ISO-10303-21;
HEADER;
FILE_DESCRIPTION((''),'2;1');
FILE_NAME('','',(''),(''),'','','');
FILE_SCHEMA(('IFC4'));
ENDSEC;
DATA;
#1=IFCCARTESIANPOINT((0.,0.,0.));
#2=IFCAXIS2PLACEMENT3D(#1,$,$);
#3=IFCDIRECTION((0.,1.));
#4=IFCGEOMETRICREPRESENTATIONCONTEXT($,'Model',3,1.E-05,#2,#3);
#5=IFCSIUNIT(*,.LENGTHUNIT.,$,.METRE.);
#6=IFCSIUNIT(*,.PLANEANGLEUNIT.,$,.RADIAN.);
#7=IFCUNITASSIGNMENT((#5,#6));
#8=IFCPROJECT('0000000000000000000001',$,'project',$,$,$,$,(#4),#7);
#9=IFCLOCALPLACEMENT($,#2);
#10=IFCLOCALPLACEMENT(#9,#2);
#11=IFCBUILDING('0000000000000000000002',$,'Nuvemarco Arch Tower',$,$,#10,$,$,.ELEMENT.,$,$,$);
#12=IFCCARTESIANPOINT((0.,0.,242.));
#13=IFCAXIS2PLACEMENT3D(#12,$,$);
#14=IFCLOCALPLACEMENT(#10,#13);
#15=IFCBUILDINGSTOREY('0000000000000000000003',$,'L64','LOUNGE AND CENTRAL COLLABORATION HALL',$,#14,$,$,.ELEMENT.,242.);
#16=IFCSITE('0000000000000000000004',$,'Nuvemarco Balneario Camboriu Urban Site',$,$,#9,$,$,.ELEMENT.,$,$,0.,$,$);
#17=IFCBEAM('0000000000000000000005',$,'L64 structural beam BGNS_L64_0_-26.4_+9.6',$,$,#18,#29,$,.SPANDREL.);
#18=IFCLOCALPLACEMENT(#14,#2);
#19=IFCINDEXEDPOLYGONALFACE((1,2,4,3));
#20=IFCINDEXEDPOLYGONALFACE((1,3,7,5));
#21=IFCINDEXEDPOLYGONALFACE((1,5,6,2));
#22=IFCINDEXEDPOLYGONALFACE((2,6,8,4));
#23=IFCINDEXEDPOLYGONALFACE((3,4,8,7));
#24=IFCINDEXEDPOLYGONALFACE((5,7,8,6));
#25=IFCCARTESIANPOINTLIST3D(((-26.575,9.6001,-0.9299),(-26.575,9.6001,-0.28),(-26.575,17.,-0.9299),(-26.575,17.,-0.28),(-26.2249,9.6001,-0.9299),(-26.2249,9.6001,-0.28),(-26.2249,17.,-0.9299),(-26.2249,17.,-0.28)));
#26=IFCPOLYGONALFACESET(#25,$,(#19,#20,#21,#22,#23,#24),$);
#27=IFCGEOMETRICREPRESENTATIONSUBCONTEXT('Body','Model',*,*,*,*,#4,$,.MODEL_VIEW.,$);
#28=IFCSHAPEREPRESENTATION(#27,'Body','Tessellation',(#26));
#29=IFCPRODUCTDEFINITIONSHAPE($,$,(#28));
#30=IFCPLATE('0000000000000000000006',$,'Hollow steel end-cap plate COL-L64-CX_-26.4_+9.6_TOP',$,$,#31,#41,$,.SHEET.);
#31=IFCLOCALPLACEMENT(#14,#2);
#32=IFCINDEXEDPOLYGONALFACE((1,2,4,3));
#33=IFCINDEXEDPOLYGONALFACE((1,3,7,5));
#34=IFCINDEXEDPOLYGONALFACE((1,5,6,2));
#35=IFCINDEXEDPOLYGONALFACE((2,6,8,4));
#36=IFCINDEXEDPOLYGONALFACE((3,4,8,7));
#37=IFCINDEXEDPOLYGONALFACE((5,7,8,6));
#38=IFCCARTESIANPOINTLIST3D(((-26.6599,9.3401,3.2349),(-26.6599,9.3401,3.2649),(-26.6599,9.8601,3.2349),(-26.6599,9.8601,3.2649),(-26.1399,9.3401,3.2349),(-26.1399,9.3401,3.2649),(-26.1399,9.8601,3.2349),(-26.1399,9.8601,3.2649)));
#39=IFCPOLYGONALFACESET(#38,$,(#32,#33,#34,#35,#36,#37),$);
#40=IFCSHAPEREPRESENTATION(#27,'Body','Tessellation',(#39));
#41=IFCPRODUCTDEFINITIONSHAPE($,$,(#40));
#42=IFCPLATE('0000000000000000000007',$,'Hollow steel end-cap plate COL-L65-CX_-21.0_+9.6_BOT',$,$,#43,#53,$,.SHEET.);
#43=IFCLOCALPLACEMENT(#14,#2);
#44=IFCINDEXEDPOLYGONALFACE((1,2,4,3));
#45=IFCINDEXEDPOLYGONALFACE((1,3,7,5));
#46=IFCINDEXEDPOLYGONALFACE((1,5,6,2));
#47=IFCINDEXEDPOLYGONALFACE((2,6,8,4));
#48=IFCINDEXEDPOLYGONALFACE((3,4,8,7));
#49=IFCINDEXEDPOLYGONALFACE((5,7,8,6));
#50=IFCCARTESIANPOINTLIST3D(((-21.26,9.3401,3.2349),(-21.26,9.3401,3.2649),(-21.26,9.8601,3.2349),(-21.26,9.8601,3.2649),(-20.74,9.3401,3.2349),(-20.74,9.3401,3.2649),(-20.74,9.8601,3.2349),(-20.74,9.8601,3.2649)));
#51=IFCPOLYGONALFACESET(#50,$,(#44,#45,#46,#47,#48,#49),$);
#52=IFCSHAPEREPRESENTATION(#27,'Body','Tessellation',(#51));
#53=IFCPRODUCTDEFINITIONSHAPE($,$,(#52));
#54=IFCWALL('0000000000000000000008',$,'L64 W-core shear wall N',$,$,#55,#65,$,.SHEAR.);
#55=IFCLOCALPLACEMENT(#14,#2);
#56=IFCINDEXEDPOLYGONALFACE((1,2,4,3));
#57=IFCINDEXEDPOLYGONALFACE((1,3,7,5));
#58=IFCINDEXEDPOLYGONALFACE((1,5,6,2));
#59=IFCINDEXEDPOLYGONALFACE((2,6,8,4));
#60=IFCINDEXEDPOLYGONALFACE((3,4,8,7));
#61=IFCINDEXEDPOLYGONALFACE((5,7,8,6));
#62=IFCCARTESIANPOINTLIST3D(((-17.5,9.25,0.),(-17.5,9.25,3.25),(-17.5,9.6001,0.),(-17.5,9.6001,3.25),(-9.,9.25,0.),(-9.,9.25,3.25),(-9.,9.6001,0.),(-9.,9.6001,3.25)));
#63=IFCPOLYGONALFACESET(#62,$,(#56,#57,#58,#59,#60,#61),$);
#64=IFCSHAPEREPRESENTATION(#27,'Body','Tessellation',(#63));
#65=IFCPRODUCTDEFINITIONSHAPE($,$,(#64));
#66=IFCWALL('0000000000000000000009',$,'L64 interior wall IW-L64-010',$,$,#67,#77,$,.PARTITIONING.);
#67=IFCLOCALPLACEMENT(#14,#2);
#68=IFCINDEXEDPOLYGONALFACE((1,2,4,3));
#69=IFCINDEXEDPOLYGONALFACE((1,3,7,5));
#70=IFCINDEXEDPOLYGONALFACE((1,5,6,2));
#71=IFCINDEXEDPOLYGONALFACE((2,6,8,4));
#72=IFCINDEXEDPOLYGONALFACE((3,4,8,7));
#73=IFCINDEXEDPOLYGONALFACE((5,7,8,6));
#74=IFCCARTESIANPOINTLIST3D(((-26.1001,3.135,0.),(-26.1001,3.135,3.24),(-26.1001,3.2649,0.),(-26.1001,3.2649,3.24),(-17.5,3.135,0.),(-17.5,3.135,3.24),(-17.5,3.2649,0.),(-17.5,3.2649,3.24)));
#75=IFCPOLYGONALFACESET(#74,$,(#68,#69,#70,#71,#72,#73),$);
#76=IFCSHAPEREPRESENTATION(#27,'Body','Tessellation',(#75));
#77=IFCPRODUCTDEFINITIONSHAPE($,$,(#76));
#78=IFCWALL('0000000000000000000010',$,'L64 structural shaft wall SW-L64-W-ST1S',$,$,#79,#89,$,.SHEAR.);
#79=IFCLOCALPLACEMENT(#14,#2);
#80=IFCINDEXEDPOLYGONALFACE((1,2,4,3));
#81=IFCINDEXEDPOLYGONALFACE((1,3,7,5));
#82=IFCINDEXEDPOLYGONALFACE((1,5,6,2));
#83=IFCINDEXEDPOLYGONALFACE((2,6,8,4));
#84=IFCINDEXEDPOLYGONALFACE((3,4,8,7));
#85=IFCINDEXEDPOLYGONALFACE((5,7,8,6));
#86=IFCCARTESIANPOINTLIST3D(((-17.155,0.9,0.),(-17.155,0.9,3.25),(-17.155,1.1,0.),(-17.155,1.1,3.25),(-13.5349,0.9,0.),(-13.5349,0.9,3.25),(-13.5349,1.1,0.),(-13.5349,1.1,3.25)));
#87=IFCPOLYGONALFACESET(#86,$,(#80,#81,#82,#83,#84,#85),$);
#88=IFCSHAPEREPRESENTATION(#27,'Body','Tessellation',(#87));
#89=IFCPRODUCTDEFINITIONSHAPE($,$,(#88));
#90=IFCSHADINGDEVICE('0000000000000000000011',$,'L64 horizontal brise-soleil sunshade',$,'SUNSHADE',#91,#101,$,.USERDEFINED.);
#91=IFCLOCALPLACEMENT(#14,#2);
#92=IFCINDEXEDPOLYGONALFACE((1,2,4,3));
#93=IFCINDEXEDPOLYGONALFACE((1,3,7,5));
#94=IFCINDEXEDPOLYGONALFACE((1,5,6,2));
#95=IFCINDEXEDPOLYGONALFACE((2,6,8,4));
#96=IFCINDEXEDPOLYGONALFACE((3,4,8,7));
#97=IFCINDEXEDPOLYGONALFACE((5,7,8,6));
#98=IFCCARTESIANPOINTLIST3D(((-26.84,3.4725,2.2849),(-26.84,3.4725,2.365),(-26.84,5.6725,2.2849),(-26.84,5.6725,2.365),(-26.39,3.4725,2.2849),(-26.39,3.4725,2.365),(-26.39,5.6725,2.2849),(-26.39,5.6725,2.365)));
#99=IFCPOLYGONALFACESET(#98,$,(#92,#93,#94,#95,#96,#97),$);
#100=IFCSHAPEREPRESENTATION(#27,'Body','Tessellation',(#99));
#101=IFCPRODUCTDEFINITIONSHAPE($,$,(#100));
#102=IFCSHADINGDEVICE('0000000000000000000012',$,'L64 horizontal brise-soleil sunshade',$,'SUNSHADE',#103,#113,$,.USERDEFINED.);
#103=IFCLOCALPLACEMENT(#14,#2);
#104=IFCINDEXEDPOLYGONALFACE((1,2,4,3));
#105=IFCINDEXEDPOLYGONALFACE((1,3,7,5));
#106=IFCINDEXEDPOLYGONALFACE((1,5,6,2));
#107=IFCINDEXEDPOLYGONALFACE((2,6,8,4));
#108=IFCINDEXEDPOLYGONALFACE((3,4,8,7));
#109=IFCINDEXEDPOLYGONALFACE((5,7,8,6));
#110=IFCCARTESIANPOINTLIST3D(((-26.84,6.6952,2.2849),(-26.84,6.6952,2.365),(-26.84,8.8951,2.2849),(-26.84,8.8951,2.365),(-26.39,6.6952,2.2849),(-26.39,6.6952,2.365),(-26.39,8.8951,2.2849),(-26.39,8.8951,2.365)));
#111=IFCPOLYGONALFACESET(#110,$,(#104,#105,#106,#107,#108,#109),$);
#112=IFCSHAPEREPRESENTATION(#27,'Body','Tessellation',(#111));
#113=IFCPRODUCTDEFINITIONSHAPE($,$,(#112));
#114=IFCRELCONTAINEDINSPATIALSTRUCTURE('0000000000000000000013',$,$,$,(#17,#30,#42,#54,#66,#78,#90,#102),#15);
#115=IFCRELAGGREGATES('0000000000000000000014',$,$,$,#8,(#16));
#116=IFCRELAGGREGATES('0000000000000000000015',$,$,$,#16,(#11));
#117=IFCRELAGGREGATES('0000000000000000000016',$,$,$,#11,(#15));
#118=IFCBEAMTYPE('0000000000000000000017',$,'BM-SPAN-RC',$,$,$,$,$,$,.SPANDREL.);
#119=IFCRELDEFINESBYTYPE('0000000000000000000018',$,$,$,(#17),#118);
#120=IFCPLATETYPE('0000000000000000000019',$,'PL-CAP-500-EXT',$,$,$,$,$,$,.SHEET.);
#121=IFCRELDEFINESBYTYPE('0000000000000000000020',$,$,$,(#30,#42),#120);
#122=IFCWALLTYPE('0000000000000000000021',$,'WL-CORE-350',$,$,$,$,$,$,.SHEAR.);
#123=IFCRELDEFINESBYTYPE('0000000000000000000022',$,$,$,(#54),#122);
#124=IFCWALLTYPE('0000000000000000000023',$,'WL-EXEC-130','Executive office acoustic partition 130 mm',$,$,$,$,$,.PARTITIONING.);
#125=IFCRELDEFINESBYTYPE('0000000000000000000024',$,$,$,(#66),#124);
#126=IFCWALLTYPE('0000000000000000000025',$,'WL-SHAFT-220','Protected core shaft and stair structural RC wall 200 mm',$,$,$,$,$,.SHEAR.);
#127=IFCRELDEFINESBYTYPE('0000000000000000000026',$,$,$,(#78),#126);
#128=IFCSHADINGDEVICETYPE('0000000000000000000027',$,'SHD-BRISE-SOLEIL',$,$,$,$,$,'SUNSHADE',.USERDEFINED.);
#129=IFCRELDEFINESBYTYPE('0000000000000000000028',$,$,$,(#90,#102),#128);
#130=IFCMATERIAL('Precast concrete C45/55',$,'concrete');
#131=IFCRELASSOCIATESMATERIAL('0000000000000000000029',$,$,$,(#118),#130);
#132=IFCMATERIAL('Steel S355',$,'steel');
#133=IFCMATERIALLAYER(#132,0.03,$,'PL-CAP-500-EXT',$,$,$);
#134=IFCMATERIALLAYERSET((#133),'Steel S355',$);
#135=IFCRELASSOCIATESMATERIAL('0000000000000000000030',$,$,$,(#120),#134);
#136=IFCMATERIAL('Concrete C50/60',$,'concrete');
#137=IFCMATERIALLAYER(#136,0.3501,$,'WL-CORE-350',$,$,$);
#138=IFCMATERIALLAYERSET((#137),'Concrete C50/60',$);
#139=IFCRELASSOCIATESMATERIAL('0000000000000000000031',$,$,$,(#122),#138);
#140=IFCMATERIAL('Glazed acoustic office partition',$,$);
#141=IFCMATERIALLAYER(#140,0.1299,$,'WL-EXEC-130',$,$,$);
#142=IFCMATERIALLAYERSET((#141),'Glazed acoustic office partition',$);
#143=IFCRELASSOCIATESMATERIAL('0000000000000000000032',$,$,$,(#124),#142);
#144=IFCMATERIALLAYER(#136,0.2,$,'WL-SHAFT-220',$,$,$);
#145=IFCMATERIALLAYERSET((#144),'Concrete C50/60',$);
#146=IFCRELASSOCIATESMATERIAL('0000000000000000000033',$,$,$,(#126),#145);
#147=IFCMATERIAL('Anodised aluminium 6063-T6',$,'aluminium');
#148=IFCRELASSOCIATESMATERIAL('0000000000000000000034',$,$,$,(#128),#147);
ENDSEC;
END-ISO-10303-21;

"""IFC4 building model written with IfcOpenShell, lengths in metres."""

from ifc_helpers import new_model, si_unit, direction, frame, frame_2d, origin, origin_2d, place, context, subcontext, project, spatial, rectangle, extrude, source, transform, mapped, material, layer, layer_set, material_profile, profile_set, type_object, type_shapes, element, save


model = new_model("IFC4")

# Units and contexts
model_context = context("Model", 3, precision=1e-05, world=origin(), true_north=direction((0.0, 1.0)))
body_context = subcontext(model_context, "Body", "Model", "MODEL_VIEW")
ifc_project = project(units=[si_unit("LENGTHUNIT", "METRE"), si_unit("PLANEANGLEUNIT", "RADIAN")], contexts=[model_context])

# Site, building, storey
site_placement = place(None, origin())
site = spatial("IfcSite", under=ifc_project, at=site_placement, Name="Nuvemarco Balneario Camboriu Urban Site", CompositionType="ELEMENT", RefElevation=0.0)
building_placement = place(site_placement, origin())
building = spatial("IfcBuilding", under=site, at=building_placement, Name="Nuvemarco Arch Tower", CompositionType="ELEMENT")
storey_placement = place(building_placement, frame((0.0, 0.0, 242.0)))
storey = spatial("IfcBuildingStorey", under=building, at=storey_placement, Name="L64", Description="LOUNGE AND CENTRAL COLLABORATION HALL", CompositionType="ELEMENT", Elevation=242.0)

# Shared definitions
ifc_material_1 = material(Name="Concrete C50/60", Category="concrete")
ifc_material_2 = material(Name="Steel S355", Category="steel")

# Beam
ifc_material_3 = material(Name="Precast concrete C45/55", Category="concrete")
ifc_material_profile_1 = material_profile(ifc_material_3, rectangle(XDim=0.3501, YDim=0.6499, at=origin_2d()), Name="PC-SP-350x650")
ifc_profile_set_1 = profile_set([ifc_material_profile_1], Name="Precast concrete C45/55")
beam_type_1 = type_object("IfcBeamType", Name="BM-SPAN-RC", PredefinedType="SPANDREL", material=ifc_profile_set_1)
beam_1_placement = place(storey_placement, frame((-26.3999, 9.6001, -0.605), z_axis=(0.0, 1.0, 0.0), x_axis=(-1.0, 0.0, 0.0)))
element("IfcBeam", 1, at=beam_1_placement, inside=storey, type_object=beam_type_1, Name="L64 structural beam BGNS_L64_0_-26.4_+9.6", PredefinedType="SPANDREL", context=body_context, shape_type="SweptSolid", body=[
    extrude(rectangle(XDim=0.3501, YDim=0.6499, at=origin_2d()), origin(), (0.0, 0.0, 1.0), 7.3999),
])

# Plates
ifc_layer_1 = layer(ifc_material_2, 0.03, Name="PL-CAP-500-EXT")
ifc_layer_set_1 = layer_set([ifc_layer_1], Name="Steel S355")
plate_type = type_object("IfcPlateType", Name="PL-CAP-500-EXT", PredefinedType="SHEET", material=ifc_layer_set_1)
shared_shape_1 = source(origin(), body_context, "Body", "SweptSolid", [
    extrude(rectangle(XDim=0.52, YDim=0.52, at=origin_2d()), origin(), (0.0, 0.0, 1.0), 0.03),
])
type_shapes(plate_type, [shared_shape_1])
for number, where, z_axis, x_axis, name in (
    (2, (-26.3999, 9.6001, 3.2349), (0.0, 0.0, 1.0), (1.0, 0.0, 0.0), "Hollow steel end-cap plate COL-L64-CX_-26.4_+9.6_TOP"),
    (3, (-21.0, 9.6001, 3.2349), (0.0, 0.0, 1.0), (1.0, 0.0, 0.0), "Hollow steel end-cap plate COL-L65-CX_-21.0_+9.6_BOT"),
):
    element("IfcPlate", number, at=place(storey_placement, frame(where, z_axis=z_axis, x_axis=x_axis)), inside=storey, type_object=plate_type, Name=name, PredefinedType="SHEET", context=body_context, shape_type="MappedRepresentation", body=[
        mapped(shared_shape_1, transform((0.0, 0.0, 0.0), scale=1.0)),
    ])

# Walls
ifc_layer_2 = layer(ifc_material_1, 0.3501, Name="WL-CORE-350")
ifc_layer_set_2 = layer_set([ifc_layer_2], Name="Concrete C50/60")
wall_type_1 = type_object("IfcWallType", Name="WL-CORE-350", PredefinedType="SHEAR", material=ifc_layer_set_2)
wall_1_placement = place(storey_placement, frame((-17.5, 9.425, 0.0), z_axis=(0.0, 0.0, 1.0), x_axis=(1.0, 0.0, 0.0)))
element("IfcWall", 4, at=wall_1_placement, inside=storey, type_object=wall_type_1, Name="L64 W-core shear wall N", PredefinedType="SHEAR", context=body_context, shape_type="SweptSolid", body=[
    extrude(rectangle(XDim=8.5, YDim=0.3501, at=frame_2d((4.25, 0.0))), origin(), (0.0, 0.0, 1.0), 3.25),
])
ifc_material_4 = material(Name="Glazed acoustic office partition")
ifc_layer_3 = layer(ifc_material_4, 0.1299, Name="WL-EXEC-130")
ifc_layer_set_3 = layer_set([ifc_layer_3], Name="Glazed acoustic office partition")
wall_type_2 = type_object("IfcWallType", Name="WL-EXEC-130", Description="Executive office acoustic partition 130 mm", PredefinedType="PARTITIONING", material=ifc_layer_set_3)
wall_2_placement = place(storey_placement, frame((-26.1001, 3.2, 0.0), z_axis=(0.0, 0.0, 1.0), x_axis=(1.0, 0.0, 0.0)))
element("IfcWall", 5, at=wall_2_placement, inside=storey, type_object=wall_type_2, Name="L64 interior wall IW-L64-010", PredefinedType="PARTITIONING", context=body_context, shape_type="SweptSolid", body=[
    extrude(rectangle(XDim=8.6001, YDim=0.1299, at=frame_2d((4.3, 0.0))), origin(), (0.0, 0.0, 1.0), 3.24),
])
ifc_layer_4 = layer(ifc_material_1, 0.2, Name="WL-SHAFT-220")
ifc_layer_set_4 = layer_set([ifc_layer_4], Name="Concrete C50/60")
wall_type_3 = type_object("IfcWallType", Name="WL-SHAFT-220", Description="Protected core shaft and stair structural RC wall 200 mm", PredefinedType="SHEAR", material=ifc_layer_set_4)
wall_3_placement = place(storey_placement, frame((-17.155, 1.0, 0.0), z_axis=(0.0, 0.0, 1.0), x_axis=(1.0, 0.0, 0.0)))
element("IfcWall", 6, at=wall_3_placement, inside=storey, type_object=wall_type_3, Name="L64 structural shaft wall SW-L64-W-ST1S", PredefinedType="SHEAR", context=body_context, shape_type="SweptSolid", body=[
    extrude(rectangle(XDim=3.6201, YDim=0.2, at=frame_2d((1.8101, 0.0))), origin(), (0.0, 0.0, 1.0), 3.25),
])

# Shading devices
ifc_material_5 = material(Name="Anodised aluminium 6063-T6", Category="aluminium")
shading_device_type = type_object("IfcShadingDeviceType", Name="SHD-BRISE-SOLEIL", ElementType="SUNSHADE", PredefinedType="USERDEFINED", material=ifc_material_5)
shared_shape_2 = source(origin(), body_context, "Body", "SweptSolid", [
    extrude(rectangle(XDim=2.2, YDim=0.45, at=origin_2d()), origin(), (0.0, 0.0, 1.0), 0.0801),
])
type_shapes(shading_device_type, [shared_shape_2])
for number, where, z_axis, x_axis, name in (
    (7, (-26.615, 4.5725, 2.2849), (0.0, 0.0, 1.0), (0.0, 1.0, 0.0), "L64 horizontal brise-soleil sunshade"),
    (8, (-26.615, 7.7952, 2.2849), (0.0, 0.0, 1.0), (0.0, 1.0, 0.0), "L64 horizontal brise-soleil sunshade"),
):
    element("IfcShadingDevice", number, at=place(storey_placement, frame(where, z_axis=z_axis, x_axis=x_axis)), inside=storey, type_object=shading_device_type, Name=name, ObjectType="SUNSHADE", PredefinedType="USERDEFINED", context=body_context, shape_type="MappedRepresentation", body=[
        mapped(shared_shape_2, transform((0.0, 0.0, 0.0), scale=1.0)),
    ])

save(model, "model.ifc")
